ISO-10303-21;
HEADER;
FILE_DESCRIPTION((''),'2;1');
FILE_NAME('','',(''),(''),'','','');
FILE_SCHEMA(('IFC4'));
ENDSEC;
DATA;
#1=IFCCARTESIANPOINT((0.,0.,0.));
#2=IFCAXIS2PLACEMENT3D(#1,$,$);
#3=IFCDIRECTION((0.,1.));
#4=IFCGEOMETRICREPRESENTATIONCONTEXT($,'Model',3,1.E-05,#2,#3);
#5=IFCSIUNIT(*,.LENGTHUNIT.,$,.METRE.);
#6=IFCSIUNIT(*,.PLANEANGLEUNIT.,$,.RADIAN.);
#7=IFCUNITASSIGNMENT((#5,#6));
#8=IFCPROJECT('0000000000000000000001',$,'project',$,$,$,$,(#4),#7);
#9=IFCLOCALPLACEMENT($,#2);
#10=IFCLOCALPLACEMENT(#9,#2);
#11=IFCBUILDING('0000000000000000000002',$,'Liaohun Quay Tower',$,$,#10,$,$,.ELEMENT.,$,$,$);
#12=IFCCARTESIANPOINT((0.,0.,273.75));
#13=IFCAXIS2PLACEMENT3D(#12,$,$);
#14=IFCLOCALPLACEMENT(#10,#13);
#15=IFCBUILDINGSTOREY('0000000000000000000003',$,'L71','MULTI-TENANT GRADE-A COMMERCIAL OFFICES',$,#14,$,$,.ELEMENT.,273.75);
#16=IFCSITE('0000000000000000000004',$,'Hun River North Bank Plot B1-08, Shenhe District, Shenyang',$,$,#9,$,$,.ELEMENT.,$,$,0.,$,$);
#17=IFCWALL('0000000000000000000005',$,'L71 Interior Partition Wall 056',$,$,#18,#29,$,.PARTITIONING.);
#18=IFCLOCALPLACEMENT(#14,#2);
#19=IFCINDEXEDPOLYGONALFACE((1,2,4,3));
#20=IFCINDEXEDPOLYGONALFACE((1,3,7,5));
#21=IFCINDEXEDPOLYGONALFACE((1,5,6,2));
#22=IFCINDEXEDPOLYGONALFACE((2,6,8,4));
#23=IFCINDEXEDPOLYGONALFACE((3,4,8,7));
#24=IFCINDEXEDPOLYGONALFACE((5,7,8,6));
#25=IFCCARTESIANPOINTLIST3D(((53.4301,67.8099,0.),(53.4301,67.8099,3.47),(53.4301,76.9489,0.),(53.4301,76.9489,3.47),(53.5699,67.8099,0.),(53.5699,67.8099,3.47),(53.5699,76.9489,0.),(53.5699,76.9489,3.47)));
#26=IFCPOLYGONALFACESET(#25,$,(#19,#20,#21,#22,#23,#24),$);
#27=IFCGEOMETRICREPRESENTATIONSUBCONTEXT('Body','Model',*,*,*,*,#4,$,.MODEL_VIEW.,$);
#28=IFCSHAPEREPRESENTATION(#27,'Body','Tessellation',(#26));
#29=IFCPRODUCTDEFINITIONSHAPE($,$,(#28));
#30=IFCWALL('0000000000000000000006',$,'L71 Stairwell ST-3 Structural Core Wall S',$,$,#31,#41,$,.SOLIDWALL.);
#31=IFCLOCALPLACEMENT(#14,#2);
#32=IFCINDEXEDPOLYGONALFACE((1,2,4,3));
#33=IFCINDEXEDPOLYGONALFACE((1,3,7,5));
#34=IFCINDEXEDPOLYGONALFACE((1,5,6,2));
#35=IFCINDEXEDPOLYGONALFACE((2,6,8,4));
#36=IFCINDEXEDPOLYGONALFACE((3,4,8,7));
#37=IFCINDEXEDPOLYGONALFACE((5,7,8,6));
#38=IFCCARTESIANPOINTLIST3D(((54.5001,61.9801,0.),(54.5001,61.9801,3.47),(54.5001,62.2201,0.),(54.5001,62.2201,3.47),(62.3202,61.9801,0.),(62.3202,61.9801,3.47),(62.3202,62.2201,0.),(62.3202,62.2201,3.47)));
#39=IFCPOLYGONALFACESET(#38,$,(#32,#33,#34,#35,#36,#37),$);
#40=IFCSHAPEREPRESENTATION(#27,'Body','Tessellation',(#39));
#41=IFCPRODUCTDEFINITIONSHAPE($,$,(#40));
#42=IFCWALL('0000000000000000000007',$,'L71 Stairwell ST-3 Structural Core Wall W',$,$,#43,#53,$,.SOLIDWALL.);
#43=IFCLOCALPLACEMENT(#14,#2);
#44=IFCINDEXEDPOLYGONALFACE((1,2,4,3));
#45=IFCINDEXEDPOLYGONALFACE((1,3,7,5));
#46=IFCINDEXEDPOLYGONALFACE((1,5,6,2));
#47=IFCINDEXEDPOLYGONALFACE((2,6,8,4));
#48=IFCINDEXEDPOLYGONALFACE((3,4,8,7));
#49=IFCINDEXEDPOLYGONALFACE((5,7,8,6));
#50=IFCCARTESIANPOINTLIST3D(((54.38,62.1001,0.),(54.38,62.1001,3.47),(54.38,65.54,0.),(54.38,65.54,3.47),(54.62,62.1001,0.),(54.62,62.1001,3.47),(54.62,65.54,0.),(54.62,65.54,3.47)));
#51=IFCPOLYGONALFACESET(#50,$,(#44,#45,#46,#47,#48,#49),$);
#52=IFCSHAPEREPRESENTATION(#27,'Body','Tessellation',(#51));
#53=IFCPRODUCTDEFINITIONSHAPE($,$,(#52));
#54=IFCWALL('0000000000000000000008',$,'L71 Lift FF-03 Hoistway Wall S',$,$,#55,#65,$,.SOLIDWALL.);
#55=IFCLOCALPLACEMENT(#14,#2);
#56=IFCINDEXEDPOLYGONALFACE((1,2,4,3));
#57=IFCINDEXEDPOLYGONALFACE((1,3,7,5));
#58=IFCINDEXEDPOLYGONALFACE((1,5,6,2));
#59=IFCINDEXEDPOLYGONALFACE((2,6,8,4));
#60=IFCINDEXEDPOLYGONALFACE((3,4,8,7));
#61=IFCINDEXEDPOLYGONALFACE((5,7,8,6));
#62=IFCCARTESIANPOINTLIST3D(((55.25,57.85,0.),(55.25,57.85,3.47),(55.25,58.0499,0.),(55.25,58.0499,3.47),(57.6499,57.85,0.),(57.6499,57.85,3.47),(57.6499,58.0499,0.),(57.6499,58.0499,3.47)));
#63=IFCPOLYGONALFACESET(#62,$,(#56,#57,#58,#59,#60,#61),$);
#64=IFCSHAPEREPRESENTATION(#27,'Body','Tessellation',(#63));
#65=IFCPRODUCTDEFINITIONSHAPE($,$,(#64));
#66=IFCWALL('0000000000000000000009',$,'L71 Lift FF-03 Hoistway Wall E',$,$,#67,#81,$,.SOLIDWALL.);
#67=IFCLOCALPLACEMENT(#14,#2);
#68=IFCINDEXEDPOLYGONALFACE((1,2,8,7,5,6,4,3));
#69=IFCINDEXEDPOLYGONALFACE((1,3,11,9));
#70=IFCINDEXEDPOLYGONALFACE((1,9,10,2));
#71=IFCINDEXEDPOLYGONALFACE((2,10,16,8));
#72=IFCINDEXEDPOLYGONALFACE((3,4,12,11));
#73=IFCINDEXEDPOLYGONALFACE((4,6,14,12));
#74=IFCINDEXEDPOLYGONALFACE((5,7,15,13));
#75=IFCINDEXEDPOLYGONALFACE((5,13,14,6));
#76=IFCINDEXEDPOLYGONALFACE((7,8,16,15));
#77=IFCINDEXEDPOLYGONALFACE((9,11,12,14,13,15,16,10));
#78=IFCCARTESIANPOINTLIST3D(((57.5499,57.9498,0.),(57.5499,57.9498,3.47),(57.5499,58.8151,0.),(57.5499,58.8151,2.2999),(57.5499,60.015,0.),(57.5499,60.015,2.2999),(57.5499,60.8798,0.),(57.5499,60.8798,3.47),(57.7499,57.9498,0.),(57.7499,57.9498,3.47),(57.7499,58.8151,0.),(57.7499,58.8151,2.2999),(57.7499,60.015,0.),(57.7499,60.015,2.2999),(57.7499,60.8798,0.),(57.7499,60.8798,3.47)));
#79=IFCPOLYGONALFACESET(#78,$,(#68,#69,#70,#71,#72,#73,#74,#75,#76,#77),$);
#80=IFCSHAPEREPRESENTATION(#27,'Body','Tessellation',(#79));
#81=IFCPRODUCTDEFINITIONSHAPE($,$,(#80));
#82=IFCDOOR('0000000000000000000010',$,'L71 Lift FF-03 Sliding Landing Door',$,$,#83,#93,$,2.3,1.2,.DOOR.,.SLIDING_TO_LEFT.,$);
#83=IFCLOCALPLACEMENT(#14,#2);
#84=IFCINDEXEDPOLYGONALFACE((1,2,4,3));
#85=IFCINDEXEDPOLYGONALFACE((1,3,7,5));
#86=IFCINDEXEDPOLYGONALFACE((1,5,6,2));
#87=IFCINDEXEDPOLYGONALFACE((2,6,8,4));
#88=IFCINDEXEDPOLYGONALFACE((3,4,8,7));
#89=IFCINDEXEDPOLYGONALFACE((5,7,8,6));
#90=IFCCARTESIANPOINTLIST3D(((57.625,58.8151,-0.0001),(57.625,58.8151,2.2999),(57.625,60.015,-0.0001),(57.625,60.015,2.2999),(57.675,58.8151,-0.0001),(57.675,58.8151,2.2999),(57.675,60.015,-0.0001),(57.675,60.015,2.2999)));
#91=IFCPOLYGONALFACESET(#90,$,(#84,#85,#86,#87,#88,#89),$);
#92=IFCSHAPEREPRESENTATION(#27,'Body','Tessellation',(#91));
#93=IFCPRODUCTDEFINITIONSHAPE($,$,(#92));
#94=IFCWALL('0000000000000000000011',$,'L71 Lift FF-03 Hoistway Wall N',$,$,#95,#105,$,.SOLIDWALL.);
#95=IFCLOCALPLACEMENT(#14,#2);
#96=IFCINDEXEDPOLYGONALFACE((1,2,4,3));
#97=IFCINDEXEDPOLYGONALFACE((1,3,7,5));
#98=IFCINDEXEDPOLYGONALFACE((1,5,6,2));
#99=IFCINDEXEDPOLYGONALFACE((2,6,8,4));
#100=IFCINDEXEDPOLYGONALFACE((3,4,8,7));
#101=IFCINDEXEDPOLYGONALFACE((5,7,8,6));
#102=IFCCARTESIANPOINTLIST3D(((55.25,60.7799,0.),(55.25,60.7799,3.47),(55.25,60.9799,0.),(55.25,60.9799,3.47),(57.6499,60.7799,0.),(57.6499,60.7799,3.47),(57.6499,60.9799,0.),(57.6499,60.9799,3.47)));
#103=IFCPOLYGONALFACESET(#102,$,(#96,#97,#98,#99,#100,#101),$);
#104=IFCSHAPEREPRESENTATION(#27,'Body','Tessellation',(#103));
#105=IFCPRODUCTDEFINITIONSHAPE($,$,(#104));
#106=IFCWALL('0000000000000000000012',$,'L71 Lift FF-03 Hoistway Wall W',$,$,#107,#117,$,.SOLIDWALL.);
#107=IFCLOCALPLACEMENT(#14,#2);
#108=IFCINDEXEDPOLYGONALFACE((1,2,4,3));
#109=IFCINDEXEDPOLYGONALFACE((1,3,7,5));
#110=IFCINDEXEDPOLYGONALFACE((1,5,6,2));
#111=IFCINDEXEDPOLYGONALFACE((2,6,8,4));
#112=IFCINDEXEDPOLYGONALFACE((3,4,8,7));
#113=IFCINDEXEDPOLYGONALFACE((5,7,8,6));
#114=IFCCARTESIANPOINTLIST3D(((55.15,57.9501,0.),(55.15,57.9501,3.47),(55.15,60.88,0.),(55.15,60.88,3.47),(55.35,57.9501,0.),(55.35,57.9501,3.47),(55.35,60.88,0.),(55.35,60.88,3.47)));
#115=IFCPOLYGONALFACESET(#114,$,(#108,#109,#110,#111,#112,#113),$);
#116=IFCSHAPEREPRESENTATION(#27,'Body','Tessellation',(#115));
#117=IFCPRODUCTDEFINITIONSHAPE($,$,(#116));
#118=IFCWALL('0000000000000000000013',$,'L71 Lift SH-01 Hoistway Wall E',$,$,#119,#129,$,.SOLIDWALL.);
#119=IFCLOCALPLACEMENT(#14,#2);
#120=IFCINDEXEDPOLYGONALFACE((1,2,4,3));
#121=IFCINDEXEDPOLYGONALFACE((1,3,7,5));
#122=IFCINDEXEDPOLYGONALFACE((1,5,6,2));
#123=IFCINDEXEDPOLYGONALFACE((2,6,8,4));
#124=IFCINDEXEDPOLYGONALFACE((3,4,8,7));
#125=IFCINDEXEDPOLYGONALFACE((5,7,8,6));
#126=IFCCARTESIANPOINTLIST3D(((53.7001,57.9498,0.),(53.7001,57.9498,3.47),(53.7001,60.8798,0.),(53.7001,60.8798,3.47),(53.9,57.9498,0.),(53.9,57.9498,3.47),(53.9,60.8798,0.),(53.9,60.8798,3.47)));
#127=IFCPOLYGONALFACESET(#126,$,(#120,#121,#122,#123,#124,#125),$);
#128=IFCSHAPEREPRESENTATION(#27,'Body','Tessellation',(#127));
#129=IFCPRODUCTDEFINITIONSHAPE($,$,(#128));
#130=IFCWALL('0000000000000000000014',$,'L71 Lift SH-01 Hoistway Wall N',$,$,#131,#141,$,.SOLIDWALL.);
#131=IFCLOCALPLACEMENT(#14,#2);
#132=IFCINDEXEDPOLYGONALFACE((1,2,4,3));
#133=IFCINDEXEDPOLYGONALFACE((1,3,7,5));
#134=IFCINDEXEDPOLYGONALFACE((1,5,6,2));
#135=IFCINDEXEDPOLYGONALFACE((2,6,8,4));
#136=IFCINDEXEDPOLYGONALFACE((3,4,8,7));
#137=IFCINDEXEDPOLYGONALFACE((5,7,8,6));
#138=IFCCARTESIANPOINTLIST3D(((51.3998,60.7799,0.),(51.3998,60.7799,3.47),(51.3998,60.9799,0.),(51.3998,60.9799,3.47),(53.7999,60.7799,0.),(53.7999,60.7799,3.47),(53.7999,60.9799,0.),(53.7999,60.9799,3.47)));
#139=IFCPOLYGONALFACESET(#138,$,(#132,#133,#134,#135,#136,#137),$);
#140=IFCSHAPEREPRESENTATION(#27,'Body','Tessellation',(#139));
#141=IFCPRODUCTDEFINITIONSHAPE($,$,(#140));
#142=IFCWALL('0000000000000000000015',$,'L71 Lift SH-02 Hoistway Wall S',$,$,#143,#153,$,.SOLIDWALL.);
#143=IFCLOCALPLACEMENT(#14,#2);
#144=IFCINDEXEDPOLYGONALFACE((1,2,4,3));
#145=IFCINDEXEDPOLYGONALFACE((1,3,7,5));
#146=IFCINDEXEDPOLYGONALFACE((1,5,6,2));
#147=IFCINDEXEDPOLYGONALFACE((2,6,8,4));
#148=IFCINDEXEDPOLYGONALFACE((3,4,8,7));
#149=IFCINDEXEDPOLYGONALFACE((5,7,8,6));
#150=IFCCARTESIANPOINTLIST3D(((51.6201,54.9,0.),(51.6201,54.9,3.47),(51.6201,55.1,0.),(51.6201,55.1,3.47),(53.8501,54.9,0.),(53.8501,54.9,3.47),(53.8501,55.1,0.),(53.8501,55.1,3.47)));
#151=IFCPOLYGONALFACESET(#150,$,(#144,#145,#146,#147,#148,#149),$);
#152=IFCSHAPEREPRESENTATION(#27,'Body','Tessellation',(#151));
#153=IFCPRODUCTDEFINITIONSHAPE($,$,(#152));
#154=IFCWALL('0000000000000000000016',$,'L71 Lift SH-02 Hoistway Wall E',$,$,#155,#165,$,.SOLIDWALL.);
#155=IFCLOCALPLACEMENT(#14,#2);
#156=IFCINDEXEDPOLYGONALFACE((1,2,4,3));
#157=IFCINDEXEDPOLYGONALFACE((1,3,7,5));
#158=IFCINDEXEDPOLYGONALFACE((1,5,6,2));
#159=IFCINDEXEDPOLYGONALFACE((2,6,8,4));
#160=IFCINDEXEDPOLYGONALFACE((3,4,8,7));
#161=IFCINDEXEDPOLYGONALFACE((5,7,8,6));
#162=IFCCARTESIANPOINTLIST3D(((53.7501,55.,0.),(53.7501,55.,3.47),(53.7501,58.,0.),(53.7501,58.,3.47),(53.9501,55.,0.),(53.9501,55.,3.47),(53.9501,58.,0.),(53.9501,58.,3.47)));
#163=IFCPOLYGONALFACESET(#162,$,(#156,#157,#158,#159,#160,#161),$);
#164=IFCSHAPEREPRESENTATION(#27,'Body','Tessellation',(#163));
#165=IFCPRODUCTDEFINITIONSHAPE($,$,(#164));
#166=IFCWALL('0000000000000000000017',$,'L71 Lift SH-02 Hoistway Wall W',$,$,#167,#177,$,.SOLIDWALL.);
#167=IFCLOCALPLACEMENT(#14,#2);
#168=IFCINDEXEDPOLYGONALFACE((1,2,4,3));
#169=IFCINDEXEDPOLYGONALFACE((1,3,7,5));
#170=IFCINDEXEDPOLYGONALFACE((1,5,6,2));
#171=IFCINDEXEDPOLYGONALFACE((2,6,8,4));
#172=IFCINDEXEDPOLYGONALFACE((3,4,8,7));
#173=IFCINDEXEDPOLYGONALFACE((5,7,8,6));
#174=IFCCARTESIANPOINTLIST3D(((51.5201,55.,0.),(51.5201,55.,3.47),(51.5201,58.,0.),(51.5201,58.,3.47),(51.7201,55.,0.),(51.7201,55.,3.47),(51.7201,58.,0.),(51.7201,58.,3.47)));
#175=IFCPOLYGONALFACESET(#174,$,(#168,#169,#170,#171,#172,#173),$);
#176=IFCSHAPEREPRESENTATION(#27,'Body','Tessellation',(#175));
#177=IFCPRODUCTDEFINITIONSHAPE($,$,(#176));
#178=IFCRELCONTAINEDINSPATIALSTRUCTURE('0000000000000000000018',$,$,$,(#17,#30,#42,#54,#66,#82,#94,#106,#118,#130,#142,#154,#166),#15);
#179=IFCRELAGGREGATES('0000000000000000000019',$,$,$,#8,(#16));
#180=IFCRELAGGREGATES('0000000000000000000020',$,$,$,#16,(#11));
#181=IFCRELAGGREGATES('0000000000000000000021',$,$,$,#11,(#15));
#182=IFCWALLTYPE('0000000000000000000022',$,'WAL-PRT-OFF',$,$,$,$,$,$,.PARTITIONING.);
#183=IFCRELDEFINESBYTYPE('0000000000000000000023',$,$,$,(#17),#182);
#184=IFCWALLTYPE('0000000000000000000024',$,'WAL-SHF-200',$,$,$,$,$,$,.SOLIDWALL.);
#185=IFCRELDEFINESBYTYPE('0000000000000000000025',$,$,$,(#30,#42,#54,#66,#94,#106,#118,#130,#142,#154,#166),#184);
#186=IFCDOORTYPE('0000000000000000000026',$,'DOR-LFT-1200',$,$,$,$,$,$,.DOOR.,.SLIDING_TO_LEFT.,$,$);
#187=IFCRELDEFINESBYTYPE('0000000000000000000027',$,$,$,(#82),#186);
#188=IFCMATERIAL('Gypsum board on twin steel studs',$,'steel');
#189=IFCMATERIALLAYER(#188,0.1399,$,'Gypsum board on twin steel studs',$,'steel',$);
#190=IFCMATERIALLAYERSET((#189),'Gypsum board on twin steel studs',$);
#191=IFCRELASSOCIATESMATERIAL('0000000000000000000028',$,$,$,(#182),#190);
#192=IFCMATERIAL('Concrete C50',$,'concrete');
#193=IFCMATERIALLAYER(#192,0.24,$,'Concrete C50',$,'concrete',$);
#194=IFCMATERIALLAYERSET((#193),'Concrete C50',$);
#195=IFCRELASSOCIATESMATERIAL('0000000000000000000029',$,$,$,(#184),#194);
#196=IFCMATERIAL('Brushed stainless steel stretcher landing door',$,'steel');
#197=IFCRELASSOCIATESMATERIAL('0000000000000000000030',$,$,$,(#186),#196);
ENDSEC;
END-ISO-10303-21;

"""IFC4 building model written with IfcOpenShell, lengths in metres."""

from ifc_helpers import new_model, si_unit, direction, frame, frame_2d, origin, place, context, subcontext, project, spatial, rectangle, extrude, source, transform, mapped, material, layer, layer_set, type_object, element, fill, save


model = new_model("IFC4")

# Units and contexts
model_context = context("Model", 3, precision=1e-05, world=origin(), true_north=direction((0.0, 1.0)))
body_context = subcontext(model_context, "Body", "Model", "MODEL_VIEW")
ifc_project = project(units=[si_unit("LENGTHUNIT", "METRE"), si_unit("PLANEANGLEUNIT", "RADIAN")], contexts=[model_context])

# Site, building, storey
site_placement = place(None, origin())
site = spatial("IfcSite", under=ifc_project, at=site_placement, Name="Hun River North Bank Plot B1-08, Shenhe District, Shenyang", CompositionType="ELEMENT", RefElevation=0.0)
building_placement = place(site_placement, origin())
building = spatial("IfcBuilding", under=site, at=building_placement, Name="Liaohun Quay Tower", CompositionType="ELEMENT")
storey_placement = place(building_placement, frame((0.0, 0.0, 273.75)))
storey = spatial("IfcBuildingStorey", under=building, at=storey_placement, Name="L71", Description="MULTI-TENANT GRADE-A COMMERCIAL OFFICES", CompositionType="ELEMENT", Elevation=273.75)

# Walls
ifc_material_1 = material(Name="Gypsum board on twin steel studs", Category="steel")
ifc_layer_1 = layer(ifc_material_1, 0.1399, Name="Gypsum board on twin steel studs", Category="steel")
ifc_layer_set_1 = layer_set([ifc_layer_1], Name="Gypsum board on twin steel studs")
wall_type_1 = type_object("IfcWallType", Name="WAL-PRT-OFF", PredefinedType="PARTITIONING", material=ifc_layer_set_1)
wall_1_placement = place(storey_placement, frame((53.5, 67.8101, 0.0), z_axis=(0.0, 0.0, 1.0), x_axis=(0.0, 1.0, 0.0)))
element("IfcWall", 1, at=wall_1_placement, inside=storey, type_object=wall_type_1, Name="L71 Interior Partition Wall 056", PredefinedType="PARTITIONING", context=body_context, shape_type="SweptSolid", body=[
    extrude(rectangle(XDim=9.1389, YDim=0.1399, at=frame_2d((4.5693, 0.0))), origin(), (0.0, 0.0, 1.0), 3.47),
])
ifc_material_2 = material(Name="Concrete C50", Category="concrete")
ifc_layer_2 = layer(ifc_material_2, 0.24, Name="Concrete C50", Category="concrete")
ifc_layer_set_2 = layer_set([ifc_layer_2], Name="Concrete C50")
wall_type_2 = type_object("IfcWallType", Name="WAL-SHF-200", PredefinedType="SOLIDWALL", material=ifc_layer_set_2)
wall_2_placement = place(storey_placement, frame((54.5, 62.1001, 0.0), z_axis=(0.0, 0.0, 1.0), x_axis=(1.0, 0.0, 0.0)))
element("IfcWall", 2, at=wall_2_placement, inside=storey, type_object=wall_type_2, Name="L71 Stairwell ST-3 Structural Core Wall S", PredefinedType="SOLIDWALL", context=body_context, shape_type="SweptSolid", body=[
    extrude(rectangle(XDim=7.8201, YDim=0.24, at=frame_2d((3.9102, 0.0))), origin(), (0.0, 0.0, 1.0), 3.47),
])
wall_3_placement = place(storey_placement, frame((54.5, 65.54, 0.0), z_axis=(0.0, 0.0, 1.0), x_axis=(0.0, -1.0, 0.0)))
element("IfcWall", 3, at=wall_3_placement, inside=storey, type_object=wall_type_2, Name="L71 Stairwell ST-3 Structural Core Wall W", PredefinedType="SOLIDWALL", context=body_context, shape_type="SweptSolid", body=[
    extrude(rectangle(XDim=3.4399, YDim=0.24, at=frame_2d((1.72, 0.0))), origin(), (0.0, 0.0, 1.0), 3.47),
])
wall_4_placement = place(storey_placement, frame((55.25, 57.95, 0.0), z_axis=(0.0, 0.0, 1.0), x_axis=(1.0, 0.0, 0.0)))
element("IfcWall", 4, at=wall_4_placement, inside=storey, type_object=wall_type_2, Name="L71 Lift FF-03 Hoistway Wall S", PredefinedType="SOLIDWALL", context=body_context, shape_type="SweptSolid", body=[
    extrude(rectangle(XDim=2.3999, YDim=0.2, at=frame_2d((1.2, 0.0))), origin(), (0.0, 0.0, 1.0), 3.47),
])

# Wall, opening, door
wall_5_placement = place(storey_placement, frame((57.6499, 57.95, 0.0), z_axis=(0.0, 0.0, 1.0), x_axis=(0.0, 1.0, 0.0)))
wall_5 = element("IfcWall", 5, at=wall_5_placement, inside=storey, type_object=wall_type_2, Name="L71 Lift FF-03 Hoistway Wall E", PredefinedType="SOLIDWALL", context=body_context, shape_type="SweptSolid", body=[
    extrude(rectangle(XDim=2.9299, YDim=0.2, at=frame_2d((1.4648, 0.0))), origin(), (0.0, 0.0, 1.0), 3.47),
])
shared_shape_1 = source(origin(), body_context, "Body", "SweptSolid", [
    extrude(rectangle(XDim=1.2, YDim=2.3, at=frame_2d((0.6001, 1.1499))), frame((0.0, 0.1099, 0.0), z_axis=(0.0, -1.0, 0.0), x_axis=(1.0, 0.0, 0.0)), (0.0, 0.0, 1.0), 0.22),
])
opening_1_placement = place(wall_5_placement, frame((0.865, 0.0, 0.0)))
opening_1 = element("IfcOpeningElement", 6, at=opening_1_placement, cuts=wall_5, PredefinedType="OPENING", context=body_context, shape_type="MappedRepresentation", body=[
    mapped(shared_shape_1, transform((0.0, 0.0, 0.0), x_axis=(1.0, 0.0, 0.0), y_axis=(0.0, 1.0, 0.0), z_axis=(0.0, 0.0, 1.0), scale=1.0)),
])
ifc_material_3 = material(Name="Brushed stainless steel stretcher landing door", Category="steel")
door_type_1 = type_object("IfcDoorType", Name="DOR-LFT-1200", OperationType="SLIDING_TO_LEFT", PredefinedType="DOOR", material=ifc_material_3)
shared_shape_2 = source(origin(), body_context, "Body", "SweptSolid", [
    extrude(rectangle(XDim=1.2, YDim=2.3, at=frame_2d((0.6001, 1.1499))), frame((0.0, 0.0249, 0.0), z_axis=(0.0, -1.0, 0.0), x_axis=(1.0, 0.0, 0.0)), (0.0, 0.0, 1.0), 0.05),
])
door_1_placement = place(opening_1_placement, origin())
door_1 = element("IfcDoor", 7, at=door_1_placement, inside=storey, type_object=door_type_1, Name="L71 Lift FF-03 Sliding Landing Door", OperationType="SLIDING_TO_LEFT", OverallHeight=2.3, OverallWidth=1.2, PredefinedType="DOOR", context=body_context, shape_type="MappedRepresentation", body=[
    mapped(shared_shape_2, transform((0.0, 0.0, 0.0), x_axis=(1.0, 0.0, 0.0), y_axis=(0.0, 1.0, 0.0), z_axis=(0.0, 0.0, 1.0), scale=1.0)),
])
fill(opening_1, door_1)

# Walls
wall_6_placement = place(storey_placement, frame((57.6499, 60.8799, 0.0), z_axis=(0.0, 0.0, 1.0), x_axis=(-1.0, 0.0, 0.0)))
element("IfcWall", 8, at=wall_6_placement, inside=storey, type_object=wall_type_2, Name="L71 Lift FF-03 Hoistway Wall N", PredefinedType="SOLIDWALL", context=body_context, shape_type="SweptSolid", body=[
    extrude(rectangle(XDim=2.3999, YDim=0.2, at=frame_2d((1.2, 0.0))), origin(), (0.0, 0.0, 1.0), 3.47),
])
for number, where, z_axis, x_axis, name in (
    (9, (55.25, 60.8799, 0.0), (0.0, 0.0, 1.0), (0.0, -1.0, 0.0), "L71 Lift FF-03 Hoistway Wall W"),
    (10, (53.8, 57.95, 0.0), (0.0, 0.0, 1.0), (0.0, 1.0, 0.0), "L71 Lift SH-01 Hoistway Wall E"),
):
    element("IfcWall", number, at=place(storey_placement, frame(where, z_axis=z_axis, x_axis=x_axis)), inside=storey, type_object=wall_type_2, Name=name, PredefinedType="SOLIDWALL", context=body_context, shape_type="SweptSolid", body=[
        extrude(rectangle(XDim=2.9299, YDim=0.2, at=frame_2d((1.4648, 0.0))), origin(), (0.0, 0.0, 1.0), 3.47),
    ])
wall_7_placement = place(storey_placement, frame((53.8, 60.8799, 0.0), z_axis=(0.0, 0.0, 1.0), x_axis=(-1.0, 0.0, 0.0)))
element("IfcWall", 11, at=wall_7_placement, inside=storey, type_object=wall_type_2, Name="L71 Lift SH-01 Hoistway Wall N", PredefinedType="SOLIDWALL", context=body_context, shape_type="SweptSolid", body=[
    extrude(rectangle(XDim=2.4001, YDim=0.2, at=frame_2d((1.2002, 0.0))), origin(), (0.0, 0.0, 1.0), 3.47),
])
wall_8_placement = place(storey_placement, frame((51.6201, 55.0, 0.0), z_axis=(0.0, 0.0, 1.0), x_axis=(1.0, 0.0, 0.0)))
element("IfcWall", 12, at=wall_8_placement, inside=storey, type_object=wall_type_2, Name="L71 Lift SH-02 Hoistway Wall S", PredefinedType="SOLIDWALL", context=body_context, shape_type="SweptSolid", body=[
    extrude(rectangle(XDim=2.23, YDim=0.2, at=frame_2d((1.115, 0.0))), origin(), (0.0, 0.0, 1.0), 3.47),
])
for number, where, z_axis, x_axis, name in (
    (13, (53.8501, 55.0, 0.0), (0.0, 0.0, 1.0), (0.0, 1.0, 0.0), "L71 Lift SH-02 Hoistway Wall E"),
    (14, (51.6201, 58.0, 0.0), (0.0, 0.0, 1.0), (0.0, -1.0, 0.0), "L71 Lift SH-02 Hoistway Wall W"),
):
    element("IfcWall", number, at=place(storey_placement, frame(where, z_axis=z_axis, x_axis=x_axis)), inside=storey, type_object=wall_type_2, Name=name, PredefinedType="SOLIDWALL", context=body_context, shape_type="SweptSolid", body=[
        extrude(rectangle(XDim=3.0, YDim=0.2, at=frame_2d((1.5, 0.0))), origin(), (0.0, 0.0, 1.0), 3.47),
    ])

save(model, "model.ifc")
